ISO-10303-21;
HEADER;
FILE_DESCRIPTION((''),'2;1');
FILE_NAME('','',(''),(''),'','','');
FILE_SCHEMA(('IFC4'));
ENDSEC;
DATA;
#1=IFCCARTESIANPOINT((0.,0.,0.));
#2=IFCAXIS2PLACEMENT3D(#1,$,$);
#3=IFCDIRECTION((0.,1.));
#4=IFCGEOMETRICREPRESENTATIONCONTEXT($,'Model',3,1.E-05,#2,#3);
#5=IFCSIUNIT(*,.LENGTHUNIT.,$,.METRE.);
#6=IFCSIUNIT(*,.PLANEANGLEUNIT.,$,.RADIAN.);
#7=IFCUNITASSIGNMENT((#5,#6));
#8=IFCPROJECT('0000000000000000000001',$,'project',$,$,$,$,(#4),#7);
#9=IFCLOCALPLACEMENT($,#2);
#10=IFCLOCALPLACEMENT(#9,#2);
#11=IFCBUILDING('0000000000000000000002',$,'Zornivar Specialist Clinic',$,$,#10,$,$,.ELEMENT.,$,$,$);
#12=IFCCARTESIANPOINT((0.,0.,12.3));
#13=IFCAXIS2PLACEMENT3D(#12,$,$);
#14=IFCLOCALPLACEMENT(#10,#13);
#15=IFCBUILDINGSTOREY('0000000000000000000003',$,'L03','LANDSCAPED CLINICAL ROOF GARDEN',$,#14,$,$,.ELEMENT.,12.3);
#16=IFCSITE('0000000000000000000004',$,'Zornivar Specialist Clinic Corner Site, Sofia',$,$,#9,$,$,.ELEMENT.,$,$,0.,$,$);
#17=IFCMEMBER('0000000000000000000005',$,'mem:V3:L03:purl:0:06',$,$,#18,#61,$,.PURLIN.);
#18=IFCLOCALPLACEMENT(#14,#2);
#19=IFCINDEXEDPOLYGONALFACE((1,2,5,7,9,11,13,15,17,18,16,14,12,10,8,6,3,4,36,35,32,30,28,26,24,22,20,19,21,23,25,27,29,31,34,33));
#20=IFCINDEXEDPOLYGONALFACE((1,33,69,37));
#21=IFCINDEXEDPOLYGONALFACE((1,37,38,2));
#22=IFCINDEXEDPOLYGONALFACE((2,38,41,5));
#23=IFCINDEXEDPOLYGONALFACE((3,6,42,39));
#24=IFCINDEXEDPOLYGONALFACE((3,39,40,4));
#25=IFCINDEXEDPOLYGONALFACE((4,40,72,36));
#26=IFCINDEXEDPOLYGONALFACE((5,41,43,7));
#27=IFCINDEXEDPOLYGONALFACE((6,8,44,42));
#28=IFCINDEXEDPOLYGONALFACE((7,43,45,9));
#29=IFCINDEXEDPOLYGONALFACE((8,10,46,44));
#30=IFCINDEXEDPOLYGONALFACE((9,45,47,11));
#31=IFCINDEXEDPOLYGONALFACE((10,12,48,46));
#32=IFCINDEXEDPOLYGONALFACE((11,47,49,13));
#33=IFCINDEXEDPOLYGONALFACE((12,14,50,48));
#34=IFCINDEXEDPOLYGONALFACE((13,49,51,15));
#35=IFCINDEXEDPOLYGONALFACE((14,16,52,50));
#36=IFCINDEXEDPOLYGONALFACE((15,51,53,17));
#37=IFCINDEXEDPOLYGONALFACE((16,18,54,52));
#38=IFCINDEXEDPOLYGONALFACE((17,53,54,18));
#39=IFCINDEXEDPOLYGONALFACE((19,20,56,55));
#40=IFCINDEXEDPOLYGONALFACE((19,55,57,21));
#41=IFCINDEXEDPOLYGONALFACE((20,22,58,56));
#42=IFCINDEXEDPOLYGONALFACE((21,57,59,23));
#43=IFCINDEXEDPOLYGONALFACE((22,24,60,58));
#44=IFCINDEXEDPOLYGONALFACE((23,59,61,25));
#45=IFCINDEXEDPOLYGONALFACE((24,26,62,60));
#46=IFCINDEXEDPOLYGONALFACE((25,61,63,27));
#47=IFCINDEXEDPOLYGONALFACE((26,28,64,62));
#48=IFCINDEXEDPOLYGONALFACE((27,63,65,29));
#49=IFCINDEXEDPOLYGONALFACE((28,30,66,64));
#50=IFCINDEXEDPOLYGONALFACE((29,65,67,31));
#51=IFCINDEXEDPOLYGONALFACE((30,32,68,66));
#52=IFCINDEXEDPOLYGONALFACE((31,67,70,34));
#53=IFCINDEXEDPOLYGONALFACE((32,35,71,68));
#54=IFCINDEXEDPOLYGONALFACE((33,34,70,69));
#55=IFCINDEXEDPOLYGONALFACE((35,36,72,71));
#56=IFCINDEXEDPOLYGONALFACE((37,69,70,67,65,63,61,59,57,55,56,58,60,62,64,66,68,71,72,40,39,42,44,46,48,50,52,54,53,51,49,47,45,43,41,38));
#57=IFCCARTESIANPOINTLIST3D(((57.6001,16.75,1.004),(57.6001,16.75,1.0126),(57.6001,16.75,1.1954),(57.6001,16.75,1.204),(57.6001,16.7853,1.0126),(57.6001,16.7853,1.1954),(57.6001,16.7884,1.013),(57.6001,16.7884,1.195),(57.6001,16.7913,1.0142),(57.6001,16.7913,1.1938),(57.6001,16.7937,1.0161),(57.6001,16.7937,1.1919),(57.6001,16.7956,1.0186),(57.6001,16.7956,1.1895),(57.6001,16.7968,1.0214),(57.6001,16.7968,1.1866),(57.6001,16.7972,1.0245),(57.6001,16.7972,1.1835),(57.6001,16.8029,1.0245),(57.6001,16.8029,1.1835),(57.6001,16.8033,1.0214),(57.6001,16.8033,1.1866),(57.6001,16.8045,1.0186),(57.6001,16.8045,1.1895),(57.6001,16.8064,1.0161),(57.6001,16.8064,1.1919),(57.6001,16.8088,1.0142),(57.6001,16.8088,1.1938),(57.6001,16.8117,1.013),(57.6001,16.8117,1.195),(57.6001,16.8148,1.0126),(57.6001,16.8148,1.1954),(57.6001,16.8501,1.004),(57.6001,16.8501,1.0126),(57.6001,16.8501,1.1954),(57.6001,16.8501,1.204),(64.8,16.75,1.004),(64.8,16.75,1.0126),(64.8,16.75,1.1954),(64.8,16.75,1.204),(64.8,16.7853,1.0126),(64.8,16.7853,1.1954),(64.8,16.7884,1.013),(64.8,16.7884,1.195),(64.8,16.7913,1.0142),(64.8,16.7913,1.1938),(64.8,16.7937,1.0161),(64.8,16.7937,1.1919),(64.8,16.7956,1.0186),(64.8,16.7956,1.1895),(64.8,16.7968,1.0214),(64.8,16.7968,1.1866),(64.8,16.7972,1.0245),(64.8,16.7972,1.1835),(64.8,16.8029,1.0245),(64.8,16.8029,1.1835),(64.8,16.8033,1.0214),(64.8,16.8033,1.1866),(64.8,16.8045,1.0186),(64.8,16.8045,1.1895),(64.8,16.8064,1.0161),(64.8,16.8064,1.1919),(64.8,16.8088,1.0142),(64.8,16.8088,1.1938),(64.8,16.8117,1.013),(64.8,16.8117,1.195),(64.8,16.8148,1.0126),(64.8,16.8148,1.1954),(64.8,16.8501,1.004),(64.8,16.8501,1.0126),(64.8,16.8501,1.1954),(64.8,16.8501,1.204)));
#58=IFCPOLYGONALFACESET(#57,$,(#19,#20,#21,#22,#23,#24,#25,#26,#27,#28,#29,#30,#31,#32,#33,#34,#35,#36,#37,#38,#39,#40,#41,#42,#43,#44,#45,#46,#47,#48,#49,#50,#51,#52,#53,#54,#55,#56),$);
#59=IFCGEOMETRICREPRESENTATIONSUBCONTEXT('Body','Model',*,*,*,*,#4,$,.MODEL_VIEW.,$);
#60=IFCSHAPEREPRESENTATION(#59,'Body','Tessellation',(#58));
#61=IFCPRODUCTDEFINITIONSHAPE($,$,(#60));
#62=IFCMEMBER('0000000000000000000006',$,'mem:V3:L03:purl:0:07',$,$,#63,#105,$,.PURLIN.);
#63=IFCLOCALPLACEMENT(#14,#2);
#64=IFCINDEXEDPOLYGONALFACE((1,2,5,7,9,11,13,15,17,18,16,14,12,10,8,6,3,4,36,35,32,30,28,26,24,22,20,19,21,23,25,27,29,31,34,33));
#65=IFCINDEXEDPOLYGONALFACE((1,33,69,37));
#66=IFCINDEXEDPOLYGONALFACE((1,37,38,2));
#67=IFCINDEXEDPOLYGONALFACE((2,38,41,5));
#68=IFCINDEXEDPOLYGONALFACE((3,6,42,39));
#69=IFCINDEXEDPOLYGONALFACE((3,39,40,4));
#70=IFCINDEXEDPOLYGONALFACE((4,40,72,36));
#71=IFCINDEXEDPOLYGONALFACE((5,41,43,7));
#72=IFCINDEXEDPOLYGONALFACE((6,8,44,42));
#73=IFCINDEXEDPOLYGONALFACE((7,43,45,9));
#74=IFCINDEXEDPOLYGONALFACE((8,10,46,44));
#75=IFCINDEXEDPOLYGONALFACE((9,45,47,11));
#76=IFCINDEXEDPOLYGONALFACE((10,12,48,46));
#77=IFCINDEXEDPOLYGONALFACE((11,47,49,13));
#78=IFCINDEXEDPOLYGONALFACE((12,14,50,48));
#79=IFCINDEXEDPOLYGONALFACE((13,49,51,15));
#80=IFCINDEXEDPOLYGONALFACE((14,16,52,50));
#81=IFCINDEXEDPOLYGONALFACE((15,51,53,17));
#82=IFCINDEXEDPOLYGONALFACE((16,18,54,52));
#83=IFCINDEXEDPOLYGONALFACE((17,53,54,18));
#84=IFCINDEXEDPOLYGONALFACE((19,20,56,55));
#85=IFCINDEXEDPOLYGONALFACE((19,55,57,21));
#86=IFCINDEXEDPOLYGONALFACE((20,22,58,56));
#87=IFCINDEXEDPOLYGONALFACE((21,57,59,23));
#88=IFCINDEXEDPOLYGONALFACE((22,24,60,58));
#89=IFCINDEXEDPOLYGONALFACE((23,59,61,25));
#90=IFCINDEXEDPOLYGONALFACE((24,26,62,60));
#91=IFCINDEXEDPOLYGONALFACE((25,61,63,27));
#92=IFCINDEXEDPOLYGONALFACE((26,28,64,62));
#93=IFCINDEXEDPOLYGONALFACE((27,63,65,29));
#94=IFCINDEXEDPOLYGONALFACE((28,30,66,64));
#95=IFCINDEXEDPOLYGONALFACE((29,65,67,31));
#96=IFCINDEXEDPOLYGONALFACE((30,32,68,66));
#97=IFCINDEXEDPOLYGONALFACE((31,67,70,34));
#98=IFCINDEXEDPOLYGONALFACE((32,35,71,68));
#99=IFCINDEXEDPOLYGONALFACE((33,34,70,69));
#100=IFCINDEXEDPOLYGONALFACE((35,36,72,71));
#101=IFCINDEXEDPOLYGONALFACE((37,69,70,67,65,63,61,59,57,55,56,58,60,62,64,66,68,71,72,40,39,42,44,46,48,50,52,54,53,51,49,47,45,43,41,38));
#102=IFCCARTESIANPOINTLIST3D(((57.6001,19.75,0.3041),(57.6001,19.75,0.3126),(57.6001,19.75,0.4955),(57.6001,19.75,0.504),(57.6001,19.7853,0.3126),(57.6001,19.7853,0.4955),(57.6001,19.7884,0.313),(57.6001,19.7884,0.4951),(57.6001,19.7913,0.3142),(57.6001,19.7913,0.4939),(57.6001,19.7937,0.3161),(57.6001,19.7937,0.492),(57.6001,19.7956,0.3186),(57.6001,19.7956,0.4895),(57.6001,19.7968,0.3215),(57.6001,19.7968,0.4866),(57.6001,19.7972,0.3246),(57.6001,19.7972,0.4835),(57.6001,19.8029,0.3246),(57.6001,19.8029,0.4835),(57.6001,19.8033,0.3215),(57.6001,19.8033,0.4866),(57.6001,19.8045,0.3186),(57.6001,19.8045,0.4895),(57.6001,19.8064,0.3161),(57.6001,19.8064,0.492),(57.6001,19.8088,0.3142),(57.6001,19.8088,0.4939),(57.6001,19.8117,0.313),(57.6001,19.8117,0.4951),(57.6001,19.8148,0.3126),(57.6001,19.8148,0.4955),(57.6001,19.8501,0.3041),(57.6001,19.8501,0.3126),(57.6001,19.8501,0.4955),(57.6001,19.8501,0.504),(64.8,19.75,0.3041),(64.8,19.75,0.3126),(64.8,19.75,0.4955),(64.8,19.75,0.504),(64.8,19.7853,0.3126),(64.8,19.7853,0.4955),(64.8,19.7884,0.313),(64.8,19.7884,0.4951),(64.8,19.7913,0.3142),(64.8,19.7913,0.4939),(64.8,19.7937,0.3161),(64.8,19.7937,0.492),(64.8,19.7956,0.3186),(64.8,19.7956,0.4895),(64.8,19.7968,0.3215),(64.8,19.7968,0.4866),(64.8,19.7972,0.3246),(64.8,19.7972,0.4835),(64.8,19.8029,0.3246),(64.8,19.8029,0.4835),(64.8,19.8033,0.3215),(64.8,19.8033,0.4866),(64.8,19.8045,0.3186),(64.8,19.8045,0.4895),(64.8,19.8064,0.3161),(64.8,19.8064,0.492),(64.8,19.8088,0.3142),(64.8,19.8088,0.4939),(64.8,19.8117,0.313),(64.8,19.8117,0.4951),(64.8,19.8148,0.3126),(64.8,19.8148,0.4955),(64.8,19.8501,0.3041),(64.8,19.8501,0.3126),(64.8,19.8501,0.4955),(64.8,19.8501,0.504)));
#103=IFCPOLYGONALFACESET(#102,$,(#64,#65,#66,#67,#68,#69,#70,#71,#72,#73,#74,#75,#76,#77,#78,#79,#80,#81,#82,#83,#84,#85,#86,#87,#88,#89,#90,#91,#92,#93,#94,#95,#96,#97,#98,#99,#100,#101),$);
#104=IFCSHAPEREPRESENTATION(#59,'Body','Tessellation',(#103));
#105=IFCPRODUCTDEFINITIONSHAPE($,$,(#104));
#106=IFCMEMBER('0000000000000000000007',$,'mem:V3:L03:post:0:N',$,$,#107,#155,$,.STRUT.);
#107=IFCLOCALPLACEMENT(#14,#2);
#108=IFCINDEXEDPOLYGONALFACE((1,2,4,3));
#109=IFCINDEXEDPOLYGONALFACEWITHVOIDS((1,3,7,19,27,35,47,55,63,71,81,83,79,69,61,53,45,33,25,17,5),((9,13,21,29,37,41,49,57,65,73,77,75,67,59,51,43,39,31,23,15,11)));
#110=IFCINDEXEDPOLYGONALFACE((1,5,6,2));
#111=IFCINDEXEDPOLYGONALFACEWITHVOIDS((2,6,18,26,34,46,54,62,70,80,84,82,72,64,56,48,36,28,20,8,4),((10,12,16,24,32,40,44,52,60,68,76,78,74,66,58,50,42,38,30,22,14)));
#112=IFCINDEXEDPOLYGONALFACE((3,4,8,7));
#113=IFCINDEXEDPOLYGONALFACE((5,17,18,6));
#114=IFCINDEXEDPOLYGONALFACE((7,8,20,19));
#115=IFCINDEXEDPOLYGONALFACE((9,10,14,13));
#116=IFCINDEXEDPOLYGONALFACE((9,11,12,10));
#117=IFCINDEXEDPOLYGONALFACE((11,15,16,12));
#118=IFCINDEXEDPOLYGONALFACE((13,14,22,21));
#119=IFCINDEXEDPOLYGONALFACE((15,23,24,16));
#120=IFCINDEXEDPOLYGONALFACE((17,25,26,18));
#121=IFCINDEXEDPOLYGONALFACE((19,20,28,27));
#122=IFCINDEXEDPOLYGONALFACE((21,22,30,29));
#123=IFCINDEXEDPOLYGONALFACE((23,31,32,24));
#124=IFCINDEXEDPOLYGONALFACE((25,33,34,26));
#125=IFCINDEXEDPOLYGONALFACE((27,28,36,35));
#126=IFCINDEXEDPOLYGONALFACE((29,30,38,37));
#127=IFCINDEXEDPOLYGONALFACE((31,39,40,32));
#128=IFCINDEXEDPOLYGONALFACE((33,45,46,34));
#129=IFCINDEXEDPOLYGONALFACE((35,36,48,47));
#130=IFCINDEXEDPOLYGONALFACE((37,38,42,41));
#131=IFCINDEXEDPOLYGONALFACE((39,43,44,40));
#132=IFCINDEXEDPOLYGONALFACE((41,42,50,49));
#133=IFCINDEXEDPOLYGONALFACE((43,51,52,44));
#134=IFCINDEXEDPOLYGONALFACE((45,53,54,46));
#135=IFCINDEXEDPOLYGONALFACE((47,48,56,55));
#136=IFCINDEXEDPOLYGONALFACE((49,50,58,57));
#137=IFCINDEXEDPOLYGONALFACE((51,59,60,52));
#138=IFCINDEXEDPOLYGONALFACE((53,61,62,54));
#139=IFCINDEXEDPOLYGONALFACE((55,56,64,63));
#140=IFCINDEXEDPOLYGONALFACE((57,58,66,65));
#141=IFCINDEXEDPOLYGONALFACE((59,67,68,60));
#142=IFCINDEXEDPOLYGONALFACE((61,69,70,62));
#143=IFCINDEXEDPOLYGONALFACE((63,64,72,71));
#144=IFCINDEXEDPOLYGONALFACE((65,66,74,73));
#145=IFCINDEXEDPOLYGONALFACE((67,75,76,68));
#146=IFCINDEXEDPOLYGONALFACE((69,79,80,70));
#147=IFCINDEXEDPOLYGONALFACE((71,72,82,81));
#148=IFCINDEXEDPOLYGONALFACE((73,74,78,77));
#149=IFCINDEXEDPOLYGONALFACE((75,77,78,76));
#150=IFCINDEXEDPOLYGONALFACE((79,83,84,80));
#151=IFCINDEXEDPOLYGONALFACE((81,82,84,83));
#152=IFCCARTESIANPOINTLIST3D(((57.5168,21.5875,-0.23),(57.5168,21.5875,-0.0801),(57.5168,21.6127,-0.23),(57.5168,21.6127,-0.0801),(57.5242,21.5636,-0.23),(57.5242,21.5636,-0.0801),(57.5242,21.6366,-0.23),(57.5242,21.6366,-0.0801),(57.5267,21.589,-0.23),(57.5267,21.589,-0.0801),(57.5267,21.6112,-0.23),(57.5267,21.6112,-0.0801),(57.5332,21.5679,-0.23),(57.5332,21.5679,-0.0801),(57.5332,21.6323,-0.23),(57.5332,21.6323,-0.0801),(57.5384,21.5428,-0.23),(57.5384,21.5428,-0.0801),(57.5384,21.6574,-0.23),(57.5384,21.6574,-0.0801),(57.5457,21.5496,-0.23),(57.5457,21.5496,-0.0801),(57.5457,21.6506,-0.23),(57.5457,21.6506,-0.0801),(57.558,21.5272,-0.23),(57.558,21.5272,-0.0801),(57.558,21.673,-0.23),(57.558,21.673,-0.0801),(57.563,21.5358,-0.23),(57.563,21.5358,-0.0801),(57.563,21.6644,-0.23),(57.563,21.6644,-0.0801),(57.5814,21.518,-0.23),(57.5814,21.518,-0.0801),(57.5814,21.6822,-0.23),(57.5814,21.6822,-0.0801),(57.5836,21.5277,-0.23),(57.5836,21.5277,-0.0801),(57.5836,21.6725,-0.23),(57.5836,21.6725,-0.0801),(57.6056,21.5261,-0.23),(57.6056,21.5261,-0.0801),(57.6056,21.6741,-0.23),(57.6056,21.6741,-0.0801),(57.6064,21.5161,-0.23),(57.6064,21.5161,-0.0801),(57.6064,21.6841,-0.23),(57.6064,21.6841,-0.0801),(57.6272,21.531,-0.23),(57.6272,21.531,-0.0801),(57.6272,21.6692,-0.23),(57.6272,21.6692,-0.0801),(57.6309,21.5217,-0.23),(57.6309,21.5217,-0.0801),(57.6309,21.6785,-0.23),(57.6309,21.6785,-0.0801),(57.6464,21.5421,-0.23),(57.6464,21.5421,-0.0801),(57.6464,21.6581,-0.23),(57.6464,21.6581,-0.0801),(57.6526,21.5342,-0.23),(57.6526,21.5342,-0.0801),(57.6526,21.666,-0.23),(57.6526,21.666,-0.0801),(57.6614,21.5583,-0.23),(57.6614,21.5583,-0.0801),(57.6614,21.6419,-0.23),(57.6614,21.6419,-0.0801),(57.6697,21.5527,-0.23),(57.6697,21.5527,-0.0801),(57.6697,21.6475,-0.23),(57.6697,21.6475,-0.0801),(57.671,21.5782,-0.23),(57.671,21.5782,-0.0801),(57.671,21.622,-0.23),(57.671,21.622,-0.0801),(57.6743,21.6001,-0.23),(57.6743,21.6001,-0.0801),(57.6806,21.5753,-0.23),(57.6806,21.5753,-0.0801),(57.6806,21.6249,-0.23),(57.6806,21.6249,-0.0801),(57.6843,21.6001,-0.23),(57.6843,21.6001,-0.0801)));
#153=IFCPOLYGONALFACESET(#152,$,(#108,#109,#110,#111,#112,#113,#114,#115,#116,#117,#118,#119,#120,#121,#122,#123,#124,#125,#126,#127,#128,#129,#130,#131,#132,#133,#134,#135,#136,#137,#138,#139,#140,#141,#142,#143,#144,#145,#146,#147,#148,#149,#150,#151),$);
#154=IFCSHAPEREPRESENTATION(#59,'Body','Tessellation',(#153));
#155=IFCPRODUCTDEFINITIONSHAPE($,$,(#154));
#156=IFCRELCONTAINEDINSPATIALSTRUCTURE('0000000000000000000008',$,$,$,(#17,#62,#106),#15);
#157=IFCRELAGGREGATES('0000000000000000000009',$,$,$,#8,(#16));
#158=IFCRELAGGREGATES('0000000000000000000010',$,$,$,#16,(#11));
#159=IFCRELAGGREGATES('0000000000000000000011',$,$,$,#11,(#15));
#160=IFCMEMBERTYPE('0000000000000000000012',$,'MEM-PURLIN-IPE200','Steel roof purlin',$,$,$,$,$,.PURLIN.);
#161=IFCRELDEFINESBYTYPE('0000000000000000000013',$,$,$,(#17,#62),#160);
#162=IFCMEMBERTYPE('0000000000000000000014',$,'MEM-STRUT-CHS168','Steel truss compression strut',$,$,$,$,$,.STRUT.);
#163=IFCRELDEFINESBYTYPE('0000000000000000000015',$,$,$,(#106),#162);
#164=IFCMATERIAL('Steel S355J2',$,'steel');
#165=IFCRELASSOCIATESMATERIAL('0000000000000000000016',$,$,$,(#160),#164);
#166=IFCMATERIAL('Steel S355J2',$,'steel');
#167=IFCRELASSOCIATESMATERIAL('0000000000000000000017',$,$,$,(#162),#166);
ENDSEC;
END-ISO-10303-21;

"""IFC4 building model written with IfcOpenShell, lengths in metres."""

from ifc_helpers import new_model, si_unit, direction, frame, origin, origin_2d, place, context, subcontext, project, spatial, hollow_circle, i_section, extrude, material, material_profile, profile_set, type_object, element, save


model = new_model("IFC4")

# Units and contexts
model_context = context("Model", 3, precision=1e-05, world=origin(), true_north=direction((0.0, 1.0)))
body_context = subcontext(model_context, "Body", "Model", "MODEL_VIEW")
ifc_project = project(units=[si_unit("LENGTHUNIT", "METRE"), si_unit("PLANEANGLEUNIT", "RADIAN")], contexts=[model_context])

# Site, building, storey
site_placement = place(None, origin())
site = spatial("IfcSite", under=ifc_project, at=site_placement, Name="Zornivar Specialist Clinic Corner Site, Sofia", CompositionType="ELEMENT", RefElevation=0.0)
building_placement = place(site_placement, origin())
building = spatial("IfcBuilding", under=site, at=building_placement, Name="Zornivar Specialist Clinic", CompositionType="ELEMENT")
storey_placement = place(building_placement, frame((0.0, 0.0, 12.3)))
storey = spatial("IfcBuildingStorey", under=building, at=storey_placement, Name="L03", Description="LANDSCAPED CLINICAL ROOF GARDEN", CompositionType="ELEMENT", Elevation=12.3)

# Members
ifc_material_1 = material(Name="Steel S355J2", Category="steel")
ifc_material_profile_1 = material_profile(ifc_material_1, i_section(OverallWidth=0.1001, OverallDepth=0.2, WebThickness=0.0056, FlangeThickness=0.0085, FilletRadius=0.012, at=origin_2d()), Name="IPE 200")
ifc_profile_set_1 = profile_set([ifc_material_profile_1], Name="Steel S355J2")
member_type_1 = type_object("IfcMemberType", Name="MEM-PURLIN-IPE200", Description="Steel roof purlin", PredefinedType="PURLIN", material=ifc_profile_set_1)
for number, where, z_axis, x_axis, name in (
    (1, (57.6001, 16.8, 1.104), (1.0, 0.0, 0.0), (0.0, 1.0, 0.0), "mem:V3:L03:purl:0:06"),
    (2, (57.6001, 19.8, 0.4041), (1.0, 0.0, 0.0), (0.0, 1.0, 0.0), "mem:V3:L03:purl:0:07"),
):
    element("IfcMember", number, at=place(storey_placement, frame(where, z_axis=z_axis, x_axis=x_axis)), inside=storey, type_object=member_type_1, Name=name, PredefinedType="PURLIN", context=body_context, shape_type="SweptSolid", body=[
        extrude(i_section(OverallWidth=0.1001, OverallDepth=0.2, WebThickness=0.0056, FlangeThickness=0.0085, FilletRadius=0.012, at=origin_2d()), origin(), (0.0, 0.0, 1.0), 7.2),
    ])
ifc_material_2 = material(Name="Steel S355J2", Category="steel")
ifc_material_profile_2 = material_profile(ifc_material_2, hollow_circle(Radius=0.0842, WallThickness=0.01, at=origin_2d()), Name="CHS 168.3x10")
ifc_profile_set_2 = profile_set([ifc_material_profile_2], Name="Steel S355J2")
member_type_2 = type_object("IfcMemberType", Name="MEM-STRUT-CHS168", Description="Steel truss compression strut", PredefinedType="STRUT", material=ifc_profile_set_2)
member_1_placement = place(storey_placement, frame((57.6001, 21.6001, -0.0801), z_axis=(0.0, 0.0, -1.0), x_axis=(1.0, 0.0, 0.0)))
element("IfcMember", 3, at=member_1_placement, inside=storey, type_object=member_type_2, Name="mem:V3:L03:post:0:N", PredefinedType="STRUT", context=body_context, shape_type="SweptSolid", body=[
    extrude(hollow_circle(Radius=0.0842, WallThickness=0.01, at=origin_2d()), origin(), (0.0, 0.0, 1.0), 0.1499),
])

save(model, "model.ifc")
